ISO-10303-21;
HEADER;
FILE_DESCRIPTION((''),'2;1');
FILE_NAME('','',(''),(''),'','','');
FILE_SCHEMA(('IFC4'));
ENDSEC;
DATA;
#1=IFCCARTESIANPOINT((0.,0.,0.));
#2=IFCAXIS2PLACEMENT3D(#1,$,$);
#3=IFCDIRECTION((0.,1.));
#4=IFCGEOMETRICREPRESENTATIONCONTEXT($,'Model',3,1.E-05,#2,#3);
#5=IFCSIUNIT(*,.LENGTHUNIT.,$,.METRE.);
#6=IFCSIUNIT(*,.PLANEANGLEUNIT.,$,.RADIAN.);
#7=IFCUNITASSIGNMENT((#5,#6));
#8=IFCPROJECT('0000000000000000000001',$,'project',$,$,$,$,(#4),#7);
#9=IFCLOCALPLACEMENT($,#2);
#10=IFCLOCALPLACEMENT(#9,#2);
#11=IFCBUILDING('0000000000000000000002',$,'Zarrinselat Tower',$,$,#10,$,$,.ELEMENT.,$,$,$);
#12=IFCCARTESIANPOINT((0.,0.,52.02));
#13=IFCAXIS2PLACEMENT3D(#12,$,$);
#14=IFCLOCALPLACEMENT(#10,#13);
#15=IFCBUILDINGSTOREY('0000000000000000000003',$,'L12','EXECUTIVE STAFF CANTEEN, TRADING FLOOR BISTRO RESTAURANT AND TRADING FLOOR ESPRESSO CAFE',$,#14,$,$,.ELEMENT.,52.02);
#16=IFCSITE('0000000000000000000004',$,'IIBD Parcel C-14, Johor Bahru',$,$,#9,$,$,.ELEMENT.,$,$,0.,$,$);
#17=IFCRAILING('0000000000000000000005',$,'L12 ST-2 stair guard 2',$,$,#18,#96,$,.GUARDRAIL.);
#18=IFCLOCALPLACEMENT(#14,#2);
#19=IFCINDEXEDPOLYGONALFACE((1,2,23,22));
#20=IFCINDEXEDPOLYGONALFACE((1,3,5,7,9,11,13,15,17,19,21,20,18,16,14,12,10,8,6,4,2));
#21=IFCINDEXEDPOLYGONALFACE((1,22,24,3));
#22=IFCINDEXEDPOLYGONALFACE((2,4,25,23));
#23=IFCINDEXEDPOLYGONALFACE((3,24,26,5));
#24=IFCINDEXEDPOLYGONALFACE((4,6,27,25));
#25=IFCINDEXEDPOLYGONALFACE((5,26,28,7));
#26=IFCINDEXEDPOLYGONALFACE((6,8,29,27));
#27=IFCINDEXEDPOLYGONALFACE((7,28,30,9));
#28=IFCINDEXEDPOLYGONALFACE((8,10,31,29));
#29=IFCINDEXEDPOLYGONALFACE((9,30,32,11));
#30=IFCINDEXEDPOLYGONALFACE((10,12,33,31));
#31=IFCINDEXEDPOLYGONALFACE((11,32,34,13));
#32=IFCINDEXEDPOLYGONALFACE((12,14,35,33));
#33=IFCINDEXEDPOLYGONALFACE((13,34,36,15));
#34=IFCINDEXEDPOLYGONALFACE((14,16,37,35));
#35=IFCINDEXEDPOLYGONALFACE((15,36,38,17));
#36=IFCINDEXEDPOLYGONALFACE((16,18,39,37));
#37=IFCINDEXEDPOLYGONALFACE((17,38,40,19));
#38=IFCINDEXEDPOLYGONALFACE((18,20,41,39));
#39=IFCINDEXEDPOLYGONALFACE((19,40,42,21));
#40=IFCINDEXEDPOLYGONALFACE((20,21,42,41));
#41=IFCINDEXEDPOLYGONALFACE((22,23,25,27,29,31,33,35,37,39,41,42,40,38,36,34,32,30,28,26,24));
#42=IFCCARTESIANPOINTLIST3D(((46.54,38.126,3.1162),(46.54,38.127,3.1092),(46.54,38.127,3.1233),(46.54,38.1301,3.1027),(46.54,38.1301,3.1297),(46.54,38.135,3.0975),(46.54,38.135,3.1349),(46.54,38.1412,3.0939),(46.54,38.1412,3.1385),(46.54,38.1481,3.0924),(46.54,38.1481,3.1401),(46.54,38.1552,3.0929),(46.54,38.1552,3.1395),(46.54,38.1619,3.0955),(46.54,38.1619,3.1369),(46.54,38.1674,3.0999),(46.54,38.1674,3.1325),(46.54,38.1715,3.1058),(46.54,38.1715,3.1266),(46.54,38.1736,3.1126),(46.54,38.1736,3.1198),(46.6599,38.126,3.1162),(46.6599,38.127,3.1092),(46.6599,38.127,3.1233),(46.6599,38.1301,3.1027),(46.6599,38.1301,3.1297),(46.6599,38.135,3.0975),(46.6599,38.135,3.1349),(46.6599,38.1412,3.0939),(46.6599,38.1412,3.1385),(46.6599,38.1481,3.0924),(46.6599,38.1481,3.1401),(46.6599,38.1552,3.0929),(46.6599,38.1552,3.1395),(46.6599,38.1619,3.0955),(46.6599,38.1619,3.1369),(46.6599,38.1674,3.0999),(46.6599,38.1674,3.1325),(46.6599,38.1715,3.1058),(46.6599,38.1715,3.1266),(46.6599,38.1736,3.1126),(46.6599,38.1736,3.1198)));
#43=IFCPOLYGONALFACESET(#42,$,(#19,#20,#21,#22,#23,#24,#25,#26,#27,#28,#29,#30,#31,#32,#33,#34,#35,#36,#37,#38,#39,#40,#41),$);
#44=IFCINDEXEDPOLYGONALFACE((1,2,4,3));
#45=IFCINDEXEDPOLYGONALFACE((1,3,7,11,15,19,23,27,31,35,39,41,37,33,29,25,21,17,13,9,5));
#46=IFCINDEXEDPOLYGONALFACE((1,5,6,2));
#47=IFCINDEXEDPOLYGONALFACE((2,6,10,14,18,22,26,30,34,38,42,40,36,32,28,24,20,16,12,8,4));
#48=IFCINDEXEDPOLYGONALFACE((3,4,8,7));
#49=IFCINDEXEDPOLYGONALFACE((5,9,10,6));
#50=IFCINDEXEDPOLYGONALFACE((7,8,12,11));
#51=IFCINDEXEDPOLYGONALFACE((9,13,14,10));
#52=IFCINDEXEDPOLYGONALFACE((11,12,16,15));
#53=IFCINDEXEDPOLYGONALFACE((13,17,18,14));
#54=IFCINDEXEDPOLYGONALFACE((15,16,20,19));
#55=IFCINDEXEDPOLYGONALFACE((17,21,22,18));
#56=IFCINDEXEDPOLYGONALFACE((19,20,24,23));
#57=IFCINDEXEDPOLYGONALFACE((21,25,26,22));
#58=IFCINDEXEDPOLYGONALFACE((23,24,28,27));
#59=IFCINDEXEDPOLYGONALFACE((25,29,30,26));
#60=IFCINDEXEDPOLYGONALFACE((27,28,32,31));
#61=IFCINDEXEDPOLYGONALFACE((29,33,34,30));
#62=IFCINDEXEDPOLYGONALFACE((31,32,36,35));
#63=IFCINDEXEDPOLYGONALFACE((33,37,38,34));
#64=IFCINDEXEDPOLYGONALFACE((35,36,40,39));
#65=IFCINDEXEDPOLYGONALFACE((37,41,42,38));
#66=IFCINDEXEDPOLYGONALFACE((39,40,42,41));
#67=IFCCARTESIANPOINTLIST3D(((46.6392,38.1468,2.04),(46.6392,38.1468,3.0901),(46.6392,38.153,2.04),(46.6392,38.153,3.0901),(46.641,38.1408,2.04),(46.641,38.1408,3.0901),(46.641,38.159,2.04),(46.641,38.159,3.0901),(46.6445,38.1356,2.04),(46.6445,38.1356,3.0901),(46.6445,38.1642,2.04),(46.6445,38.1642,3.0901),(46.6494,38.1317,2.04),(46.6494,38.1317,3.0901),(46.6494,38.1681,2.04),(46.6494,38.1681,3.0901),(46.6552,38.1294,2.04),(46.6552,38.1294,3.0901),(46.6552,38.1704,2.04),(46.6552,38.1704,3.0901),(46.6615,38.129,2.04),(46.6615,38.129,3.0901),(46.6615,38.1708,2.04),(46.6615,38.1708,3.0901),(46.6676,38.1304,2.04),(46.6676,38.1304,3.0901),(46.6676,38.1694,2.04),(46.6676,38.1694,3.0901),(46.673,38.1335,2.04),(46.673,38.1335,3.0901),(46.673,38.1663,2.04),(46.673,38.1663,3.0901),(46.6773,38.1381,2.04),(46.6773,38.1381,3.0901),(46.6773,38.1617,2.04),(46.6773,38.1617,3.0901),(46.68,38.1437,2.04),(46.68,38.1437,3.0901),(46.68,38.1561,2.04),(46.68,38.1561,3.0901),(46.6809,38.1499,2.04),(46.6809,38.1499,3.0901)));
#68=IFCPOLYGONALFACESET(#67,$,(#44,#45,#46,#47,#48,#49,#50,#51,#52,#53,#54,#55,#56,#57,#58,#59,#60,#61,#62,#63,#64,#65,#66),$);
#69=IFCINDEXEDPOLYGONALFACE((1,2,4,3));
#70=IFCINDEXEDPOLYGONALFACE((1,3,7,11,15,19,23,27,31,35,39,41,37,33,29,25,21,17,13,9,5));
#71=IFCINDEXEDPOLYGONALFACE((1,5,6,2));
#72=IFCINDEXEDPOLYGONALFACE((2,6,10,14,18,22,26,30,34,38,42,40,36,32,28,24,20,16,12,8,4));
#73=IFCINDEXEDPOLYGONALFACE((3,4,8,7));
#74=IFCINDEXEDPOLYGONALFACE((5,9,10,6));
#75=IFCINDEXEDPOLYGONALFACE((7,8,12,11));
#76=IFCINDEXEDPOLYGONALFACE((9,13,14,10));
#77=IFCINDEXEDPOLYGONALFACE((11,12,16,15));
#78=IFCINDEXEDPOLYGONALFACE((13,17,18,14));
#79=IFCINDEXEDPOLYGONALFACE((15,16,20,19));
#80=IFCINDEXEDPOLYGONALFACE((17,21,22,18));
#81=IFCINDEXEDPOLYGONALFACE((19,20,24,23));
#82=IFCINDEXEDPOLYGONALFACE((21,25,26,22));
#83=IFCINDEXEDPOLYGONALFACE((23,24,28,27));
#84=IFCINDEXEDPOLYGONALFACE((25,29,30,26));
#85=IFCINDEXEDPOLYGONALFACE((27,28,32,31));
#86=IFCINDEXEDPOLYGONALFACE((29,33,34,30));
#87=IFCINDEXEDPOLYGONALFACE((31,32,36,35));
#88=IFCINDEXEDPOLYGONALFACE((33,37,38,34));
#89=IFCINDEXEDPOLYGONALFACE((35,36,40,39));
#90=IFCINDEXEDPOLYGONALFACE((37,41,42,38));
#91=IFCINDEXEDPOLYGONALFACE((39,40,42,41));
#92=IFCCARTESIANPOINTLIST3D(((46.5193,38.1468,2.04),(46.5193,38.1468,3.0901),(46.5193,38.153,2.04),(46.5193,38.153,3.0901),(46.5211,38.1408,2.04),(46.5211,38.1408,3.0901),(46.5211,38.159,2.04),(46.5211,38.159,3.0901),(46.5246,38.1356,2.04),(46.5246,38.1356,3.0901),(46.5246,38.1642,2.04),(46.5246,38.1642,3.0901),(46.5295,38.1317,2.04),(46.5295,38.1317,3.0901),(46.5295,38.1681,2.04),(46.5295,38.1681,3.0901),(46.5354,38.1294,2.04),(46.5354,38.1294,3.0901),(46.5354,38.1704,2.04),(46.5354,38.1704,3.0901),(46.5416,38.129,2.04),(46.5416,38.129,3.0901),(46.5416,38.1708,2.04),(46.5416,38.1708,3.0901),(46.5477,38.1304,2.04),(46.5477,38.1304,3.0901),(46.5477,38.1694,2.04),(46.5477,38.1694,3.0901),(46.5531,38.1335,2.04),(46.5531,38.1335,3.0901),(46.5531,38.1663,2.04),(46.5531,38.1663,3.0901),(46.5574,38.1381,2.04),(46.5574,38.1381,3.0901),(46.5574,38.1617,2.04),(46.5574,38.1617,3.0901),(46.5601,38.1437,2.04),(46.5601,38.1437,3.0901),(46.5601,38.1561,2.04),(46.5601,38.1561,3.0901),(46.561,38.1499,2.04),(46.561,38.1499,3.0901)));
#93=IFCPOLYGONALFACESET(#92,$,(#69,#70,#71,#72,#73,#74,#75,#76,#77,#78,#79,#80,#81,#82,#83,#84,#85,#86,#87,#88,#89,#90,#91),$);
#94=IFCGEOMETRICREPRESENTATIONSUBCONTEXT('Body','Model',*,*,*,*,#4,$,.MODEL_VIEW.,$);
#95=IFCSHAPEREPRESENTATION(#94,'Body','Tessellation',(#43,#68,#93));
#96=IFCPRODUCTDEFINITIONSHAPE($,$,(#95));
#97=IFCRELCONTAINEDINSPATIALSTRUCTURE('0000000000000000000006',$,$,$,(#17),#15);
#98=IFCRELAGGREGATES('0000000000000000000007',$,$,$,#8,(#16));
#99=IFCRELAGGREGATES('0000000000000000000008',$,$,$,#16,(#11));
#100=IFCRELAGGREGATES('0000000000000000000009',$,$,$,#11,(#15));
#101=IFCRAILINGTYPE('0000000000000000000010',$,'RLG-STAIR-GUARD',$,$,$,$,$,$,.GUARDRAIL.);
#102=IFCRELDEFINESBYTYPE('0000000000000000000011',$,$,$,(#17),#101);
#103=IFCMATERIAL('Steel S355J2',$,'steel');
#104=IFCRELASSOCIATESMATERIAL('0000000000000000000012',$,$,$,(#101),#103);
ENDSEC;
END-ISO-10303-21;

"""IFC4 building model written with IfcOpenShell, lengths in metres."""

from ifc_helpers import new_model, si_unit, direction, frame, origin, origin_2d, place, context, subcontext, project, spatial, circle, extrude, material, type_object, element, save


model = new_model("IFC4")

# Units and contexts
model_context = context("Model", 3, precision=1e-05, world=origin(), true_north=direction((0.0, 1.0)))
body_context = subcontext(model_context, "Body", "Model", "MODEL_VIEW")
ifc_project = project(units=[si_unit("LENGTHUNIT", "METRE"), si_unit("PLANEANGLEUNIT", "RADIAN")], contexts=[model_context])

# Site, building, storey
site_placement = place(None, origin())
site = spatial("IfcSite", under=ifc_project, at=site_placement, Name="IIBD Parcel C-14, Johor Bahru", CompositionType="ELEMENT", RefElevation=0.0)
building_placement = place(site_placement, origin())
building = spatial("IfcBuilding", under=site, at=building_placement, Name="Zarrinselat Tower", CompositionType="ELEMENT")
storey_placement = place(building_placement, frame((0.0, 0.0, 52.02)))
storey = spatial("IfcBuildingStorey", under=building, at=storey_placement, Name="L12", Description="EXECUTIVE STAFF CANTEEN, TRADING FLOOR BISTRO RESTAURANT AND TRADING FLOOR ESPRESSO CAFE", CompositionType="ELEMENT", Elevation=52.02)

# Railing
ifc_material_1 = material(Name="Steel S355J2", Category="steel")
railing_type_1 = type_object("IfcRailingType", Name="RLG-STAIR-GUARD", PredefinedType="GUARDRAIL", material=ifc_material_1)
railing_1_placement = place(storey_placement, frame((46.6599, 38.1499, 2.04)))
element("IfcRailing", 1, at=railing_1_placement, inside=storey, type_object=railing_type_1, Name="L12 ST-2 stair guard 2", PredefinedType="GUARDRAIL", context=body_context, shape_type="SweptSolid", body=[
    extrude(circle(Radius=0.0239, at=origin_2d()), frame((0.0, 0.0, 1.0762), z_axis=(-1.0, 0.0, 0.0), x_axis=(0.0, -1.0, 0.0)), (0.0, 0.0, 1.0), 0.1199),
    extrude(circle(Radius=0.021, at=origin_2d()), origin(), (0.0, 0.0, 1.0), 1.05),
    extrude(circle(Radius=0.021, at=origin_2d()), frame((-0.1199, 0.0, 0.0)), (0.0, 0.0, 1.0), 1.05),
])

save(model, "model.ifc")
